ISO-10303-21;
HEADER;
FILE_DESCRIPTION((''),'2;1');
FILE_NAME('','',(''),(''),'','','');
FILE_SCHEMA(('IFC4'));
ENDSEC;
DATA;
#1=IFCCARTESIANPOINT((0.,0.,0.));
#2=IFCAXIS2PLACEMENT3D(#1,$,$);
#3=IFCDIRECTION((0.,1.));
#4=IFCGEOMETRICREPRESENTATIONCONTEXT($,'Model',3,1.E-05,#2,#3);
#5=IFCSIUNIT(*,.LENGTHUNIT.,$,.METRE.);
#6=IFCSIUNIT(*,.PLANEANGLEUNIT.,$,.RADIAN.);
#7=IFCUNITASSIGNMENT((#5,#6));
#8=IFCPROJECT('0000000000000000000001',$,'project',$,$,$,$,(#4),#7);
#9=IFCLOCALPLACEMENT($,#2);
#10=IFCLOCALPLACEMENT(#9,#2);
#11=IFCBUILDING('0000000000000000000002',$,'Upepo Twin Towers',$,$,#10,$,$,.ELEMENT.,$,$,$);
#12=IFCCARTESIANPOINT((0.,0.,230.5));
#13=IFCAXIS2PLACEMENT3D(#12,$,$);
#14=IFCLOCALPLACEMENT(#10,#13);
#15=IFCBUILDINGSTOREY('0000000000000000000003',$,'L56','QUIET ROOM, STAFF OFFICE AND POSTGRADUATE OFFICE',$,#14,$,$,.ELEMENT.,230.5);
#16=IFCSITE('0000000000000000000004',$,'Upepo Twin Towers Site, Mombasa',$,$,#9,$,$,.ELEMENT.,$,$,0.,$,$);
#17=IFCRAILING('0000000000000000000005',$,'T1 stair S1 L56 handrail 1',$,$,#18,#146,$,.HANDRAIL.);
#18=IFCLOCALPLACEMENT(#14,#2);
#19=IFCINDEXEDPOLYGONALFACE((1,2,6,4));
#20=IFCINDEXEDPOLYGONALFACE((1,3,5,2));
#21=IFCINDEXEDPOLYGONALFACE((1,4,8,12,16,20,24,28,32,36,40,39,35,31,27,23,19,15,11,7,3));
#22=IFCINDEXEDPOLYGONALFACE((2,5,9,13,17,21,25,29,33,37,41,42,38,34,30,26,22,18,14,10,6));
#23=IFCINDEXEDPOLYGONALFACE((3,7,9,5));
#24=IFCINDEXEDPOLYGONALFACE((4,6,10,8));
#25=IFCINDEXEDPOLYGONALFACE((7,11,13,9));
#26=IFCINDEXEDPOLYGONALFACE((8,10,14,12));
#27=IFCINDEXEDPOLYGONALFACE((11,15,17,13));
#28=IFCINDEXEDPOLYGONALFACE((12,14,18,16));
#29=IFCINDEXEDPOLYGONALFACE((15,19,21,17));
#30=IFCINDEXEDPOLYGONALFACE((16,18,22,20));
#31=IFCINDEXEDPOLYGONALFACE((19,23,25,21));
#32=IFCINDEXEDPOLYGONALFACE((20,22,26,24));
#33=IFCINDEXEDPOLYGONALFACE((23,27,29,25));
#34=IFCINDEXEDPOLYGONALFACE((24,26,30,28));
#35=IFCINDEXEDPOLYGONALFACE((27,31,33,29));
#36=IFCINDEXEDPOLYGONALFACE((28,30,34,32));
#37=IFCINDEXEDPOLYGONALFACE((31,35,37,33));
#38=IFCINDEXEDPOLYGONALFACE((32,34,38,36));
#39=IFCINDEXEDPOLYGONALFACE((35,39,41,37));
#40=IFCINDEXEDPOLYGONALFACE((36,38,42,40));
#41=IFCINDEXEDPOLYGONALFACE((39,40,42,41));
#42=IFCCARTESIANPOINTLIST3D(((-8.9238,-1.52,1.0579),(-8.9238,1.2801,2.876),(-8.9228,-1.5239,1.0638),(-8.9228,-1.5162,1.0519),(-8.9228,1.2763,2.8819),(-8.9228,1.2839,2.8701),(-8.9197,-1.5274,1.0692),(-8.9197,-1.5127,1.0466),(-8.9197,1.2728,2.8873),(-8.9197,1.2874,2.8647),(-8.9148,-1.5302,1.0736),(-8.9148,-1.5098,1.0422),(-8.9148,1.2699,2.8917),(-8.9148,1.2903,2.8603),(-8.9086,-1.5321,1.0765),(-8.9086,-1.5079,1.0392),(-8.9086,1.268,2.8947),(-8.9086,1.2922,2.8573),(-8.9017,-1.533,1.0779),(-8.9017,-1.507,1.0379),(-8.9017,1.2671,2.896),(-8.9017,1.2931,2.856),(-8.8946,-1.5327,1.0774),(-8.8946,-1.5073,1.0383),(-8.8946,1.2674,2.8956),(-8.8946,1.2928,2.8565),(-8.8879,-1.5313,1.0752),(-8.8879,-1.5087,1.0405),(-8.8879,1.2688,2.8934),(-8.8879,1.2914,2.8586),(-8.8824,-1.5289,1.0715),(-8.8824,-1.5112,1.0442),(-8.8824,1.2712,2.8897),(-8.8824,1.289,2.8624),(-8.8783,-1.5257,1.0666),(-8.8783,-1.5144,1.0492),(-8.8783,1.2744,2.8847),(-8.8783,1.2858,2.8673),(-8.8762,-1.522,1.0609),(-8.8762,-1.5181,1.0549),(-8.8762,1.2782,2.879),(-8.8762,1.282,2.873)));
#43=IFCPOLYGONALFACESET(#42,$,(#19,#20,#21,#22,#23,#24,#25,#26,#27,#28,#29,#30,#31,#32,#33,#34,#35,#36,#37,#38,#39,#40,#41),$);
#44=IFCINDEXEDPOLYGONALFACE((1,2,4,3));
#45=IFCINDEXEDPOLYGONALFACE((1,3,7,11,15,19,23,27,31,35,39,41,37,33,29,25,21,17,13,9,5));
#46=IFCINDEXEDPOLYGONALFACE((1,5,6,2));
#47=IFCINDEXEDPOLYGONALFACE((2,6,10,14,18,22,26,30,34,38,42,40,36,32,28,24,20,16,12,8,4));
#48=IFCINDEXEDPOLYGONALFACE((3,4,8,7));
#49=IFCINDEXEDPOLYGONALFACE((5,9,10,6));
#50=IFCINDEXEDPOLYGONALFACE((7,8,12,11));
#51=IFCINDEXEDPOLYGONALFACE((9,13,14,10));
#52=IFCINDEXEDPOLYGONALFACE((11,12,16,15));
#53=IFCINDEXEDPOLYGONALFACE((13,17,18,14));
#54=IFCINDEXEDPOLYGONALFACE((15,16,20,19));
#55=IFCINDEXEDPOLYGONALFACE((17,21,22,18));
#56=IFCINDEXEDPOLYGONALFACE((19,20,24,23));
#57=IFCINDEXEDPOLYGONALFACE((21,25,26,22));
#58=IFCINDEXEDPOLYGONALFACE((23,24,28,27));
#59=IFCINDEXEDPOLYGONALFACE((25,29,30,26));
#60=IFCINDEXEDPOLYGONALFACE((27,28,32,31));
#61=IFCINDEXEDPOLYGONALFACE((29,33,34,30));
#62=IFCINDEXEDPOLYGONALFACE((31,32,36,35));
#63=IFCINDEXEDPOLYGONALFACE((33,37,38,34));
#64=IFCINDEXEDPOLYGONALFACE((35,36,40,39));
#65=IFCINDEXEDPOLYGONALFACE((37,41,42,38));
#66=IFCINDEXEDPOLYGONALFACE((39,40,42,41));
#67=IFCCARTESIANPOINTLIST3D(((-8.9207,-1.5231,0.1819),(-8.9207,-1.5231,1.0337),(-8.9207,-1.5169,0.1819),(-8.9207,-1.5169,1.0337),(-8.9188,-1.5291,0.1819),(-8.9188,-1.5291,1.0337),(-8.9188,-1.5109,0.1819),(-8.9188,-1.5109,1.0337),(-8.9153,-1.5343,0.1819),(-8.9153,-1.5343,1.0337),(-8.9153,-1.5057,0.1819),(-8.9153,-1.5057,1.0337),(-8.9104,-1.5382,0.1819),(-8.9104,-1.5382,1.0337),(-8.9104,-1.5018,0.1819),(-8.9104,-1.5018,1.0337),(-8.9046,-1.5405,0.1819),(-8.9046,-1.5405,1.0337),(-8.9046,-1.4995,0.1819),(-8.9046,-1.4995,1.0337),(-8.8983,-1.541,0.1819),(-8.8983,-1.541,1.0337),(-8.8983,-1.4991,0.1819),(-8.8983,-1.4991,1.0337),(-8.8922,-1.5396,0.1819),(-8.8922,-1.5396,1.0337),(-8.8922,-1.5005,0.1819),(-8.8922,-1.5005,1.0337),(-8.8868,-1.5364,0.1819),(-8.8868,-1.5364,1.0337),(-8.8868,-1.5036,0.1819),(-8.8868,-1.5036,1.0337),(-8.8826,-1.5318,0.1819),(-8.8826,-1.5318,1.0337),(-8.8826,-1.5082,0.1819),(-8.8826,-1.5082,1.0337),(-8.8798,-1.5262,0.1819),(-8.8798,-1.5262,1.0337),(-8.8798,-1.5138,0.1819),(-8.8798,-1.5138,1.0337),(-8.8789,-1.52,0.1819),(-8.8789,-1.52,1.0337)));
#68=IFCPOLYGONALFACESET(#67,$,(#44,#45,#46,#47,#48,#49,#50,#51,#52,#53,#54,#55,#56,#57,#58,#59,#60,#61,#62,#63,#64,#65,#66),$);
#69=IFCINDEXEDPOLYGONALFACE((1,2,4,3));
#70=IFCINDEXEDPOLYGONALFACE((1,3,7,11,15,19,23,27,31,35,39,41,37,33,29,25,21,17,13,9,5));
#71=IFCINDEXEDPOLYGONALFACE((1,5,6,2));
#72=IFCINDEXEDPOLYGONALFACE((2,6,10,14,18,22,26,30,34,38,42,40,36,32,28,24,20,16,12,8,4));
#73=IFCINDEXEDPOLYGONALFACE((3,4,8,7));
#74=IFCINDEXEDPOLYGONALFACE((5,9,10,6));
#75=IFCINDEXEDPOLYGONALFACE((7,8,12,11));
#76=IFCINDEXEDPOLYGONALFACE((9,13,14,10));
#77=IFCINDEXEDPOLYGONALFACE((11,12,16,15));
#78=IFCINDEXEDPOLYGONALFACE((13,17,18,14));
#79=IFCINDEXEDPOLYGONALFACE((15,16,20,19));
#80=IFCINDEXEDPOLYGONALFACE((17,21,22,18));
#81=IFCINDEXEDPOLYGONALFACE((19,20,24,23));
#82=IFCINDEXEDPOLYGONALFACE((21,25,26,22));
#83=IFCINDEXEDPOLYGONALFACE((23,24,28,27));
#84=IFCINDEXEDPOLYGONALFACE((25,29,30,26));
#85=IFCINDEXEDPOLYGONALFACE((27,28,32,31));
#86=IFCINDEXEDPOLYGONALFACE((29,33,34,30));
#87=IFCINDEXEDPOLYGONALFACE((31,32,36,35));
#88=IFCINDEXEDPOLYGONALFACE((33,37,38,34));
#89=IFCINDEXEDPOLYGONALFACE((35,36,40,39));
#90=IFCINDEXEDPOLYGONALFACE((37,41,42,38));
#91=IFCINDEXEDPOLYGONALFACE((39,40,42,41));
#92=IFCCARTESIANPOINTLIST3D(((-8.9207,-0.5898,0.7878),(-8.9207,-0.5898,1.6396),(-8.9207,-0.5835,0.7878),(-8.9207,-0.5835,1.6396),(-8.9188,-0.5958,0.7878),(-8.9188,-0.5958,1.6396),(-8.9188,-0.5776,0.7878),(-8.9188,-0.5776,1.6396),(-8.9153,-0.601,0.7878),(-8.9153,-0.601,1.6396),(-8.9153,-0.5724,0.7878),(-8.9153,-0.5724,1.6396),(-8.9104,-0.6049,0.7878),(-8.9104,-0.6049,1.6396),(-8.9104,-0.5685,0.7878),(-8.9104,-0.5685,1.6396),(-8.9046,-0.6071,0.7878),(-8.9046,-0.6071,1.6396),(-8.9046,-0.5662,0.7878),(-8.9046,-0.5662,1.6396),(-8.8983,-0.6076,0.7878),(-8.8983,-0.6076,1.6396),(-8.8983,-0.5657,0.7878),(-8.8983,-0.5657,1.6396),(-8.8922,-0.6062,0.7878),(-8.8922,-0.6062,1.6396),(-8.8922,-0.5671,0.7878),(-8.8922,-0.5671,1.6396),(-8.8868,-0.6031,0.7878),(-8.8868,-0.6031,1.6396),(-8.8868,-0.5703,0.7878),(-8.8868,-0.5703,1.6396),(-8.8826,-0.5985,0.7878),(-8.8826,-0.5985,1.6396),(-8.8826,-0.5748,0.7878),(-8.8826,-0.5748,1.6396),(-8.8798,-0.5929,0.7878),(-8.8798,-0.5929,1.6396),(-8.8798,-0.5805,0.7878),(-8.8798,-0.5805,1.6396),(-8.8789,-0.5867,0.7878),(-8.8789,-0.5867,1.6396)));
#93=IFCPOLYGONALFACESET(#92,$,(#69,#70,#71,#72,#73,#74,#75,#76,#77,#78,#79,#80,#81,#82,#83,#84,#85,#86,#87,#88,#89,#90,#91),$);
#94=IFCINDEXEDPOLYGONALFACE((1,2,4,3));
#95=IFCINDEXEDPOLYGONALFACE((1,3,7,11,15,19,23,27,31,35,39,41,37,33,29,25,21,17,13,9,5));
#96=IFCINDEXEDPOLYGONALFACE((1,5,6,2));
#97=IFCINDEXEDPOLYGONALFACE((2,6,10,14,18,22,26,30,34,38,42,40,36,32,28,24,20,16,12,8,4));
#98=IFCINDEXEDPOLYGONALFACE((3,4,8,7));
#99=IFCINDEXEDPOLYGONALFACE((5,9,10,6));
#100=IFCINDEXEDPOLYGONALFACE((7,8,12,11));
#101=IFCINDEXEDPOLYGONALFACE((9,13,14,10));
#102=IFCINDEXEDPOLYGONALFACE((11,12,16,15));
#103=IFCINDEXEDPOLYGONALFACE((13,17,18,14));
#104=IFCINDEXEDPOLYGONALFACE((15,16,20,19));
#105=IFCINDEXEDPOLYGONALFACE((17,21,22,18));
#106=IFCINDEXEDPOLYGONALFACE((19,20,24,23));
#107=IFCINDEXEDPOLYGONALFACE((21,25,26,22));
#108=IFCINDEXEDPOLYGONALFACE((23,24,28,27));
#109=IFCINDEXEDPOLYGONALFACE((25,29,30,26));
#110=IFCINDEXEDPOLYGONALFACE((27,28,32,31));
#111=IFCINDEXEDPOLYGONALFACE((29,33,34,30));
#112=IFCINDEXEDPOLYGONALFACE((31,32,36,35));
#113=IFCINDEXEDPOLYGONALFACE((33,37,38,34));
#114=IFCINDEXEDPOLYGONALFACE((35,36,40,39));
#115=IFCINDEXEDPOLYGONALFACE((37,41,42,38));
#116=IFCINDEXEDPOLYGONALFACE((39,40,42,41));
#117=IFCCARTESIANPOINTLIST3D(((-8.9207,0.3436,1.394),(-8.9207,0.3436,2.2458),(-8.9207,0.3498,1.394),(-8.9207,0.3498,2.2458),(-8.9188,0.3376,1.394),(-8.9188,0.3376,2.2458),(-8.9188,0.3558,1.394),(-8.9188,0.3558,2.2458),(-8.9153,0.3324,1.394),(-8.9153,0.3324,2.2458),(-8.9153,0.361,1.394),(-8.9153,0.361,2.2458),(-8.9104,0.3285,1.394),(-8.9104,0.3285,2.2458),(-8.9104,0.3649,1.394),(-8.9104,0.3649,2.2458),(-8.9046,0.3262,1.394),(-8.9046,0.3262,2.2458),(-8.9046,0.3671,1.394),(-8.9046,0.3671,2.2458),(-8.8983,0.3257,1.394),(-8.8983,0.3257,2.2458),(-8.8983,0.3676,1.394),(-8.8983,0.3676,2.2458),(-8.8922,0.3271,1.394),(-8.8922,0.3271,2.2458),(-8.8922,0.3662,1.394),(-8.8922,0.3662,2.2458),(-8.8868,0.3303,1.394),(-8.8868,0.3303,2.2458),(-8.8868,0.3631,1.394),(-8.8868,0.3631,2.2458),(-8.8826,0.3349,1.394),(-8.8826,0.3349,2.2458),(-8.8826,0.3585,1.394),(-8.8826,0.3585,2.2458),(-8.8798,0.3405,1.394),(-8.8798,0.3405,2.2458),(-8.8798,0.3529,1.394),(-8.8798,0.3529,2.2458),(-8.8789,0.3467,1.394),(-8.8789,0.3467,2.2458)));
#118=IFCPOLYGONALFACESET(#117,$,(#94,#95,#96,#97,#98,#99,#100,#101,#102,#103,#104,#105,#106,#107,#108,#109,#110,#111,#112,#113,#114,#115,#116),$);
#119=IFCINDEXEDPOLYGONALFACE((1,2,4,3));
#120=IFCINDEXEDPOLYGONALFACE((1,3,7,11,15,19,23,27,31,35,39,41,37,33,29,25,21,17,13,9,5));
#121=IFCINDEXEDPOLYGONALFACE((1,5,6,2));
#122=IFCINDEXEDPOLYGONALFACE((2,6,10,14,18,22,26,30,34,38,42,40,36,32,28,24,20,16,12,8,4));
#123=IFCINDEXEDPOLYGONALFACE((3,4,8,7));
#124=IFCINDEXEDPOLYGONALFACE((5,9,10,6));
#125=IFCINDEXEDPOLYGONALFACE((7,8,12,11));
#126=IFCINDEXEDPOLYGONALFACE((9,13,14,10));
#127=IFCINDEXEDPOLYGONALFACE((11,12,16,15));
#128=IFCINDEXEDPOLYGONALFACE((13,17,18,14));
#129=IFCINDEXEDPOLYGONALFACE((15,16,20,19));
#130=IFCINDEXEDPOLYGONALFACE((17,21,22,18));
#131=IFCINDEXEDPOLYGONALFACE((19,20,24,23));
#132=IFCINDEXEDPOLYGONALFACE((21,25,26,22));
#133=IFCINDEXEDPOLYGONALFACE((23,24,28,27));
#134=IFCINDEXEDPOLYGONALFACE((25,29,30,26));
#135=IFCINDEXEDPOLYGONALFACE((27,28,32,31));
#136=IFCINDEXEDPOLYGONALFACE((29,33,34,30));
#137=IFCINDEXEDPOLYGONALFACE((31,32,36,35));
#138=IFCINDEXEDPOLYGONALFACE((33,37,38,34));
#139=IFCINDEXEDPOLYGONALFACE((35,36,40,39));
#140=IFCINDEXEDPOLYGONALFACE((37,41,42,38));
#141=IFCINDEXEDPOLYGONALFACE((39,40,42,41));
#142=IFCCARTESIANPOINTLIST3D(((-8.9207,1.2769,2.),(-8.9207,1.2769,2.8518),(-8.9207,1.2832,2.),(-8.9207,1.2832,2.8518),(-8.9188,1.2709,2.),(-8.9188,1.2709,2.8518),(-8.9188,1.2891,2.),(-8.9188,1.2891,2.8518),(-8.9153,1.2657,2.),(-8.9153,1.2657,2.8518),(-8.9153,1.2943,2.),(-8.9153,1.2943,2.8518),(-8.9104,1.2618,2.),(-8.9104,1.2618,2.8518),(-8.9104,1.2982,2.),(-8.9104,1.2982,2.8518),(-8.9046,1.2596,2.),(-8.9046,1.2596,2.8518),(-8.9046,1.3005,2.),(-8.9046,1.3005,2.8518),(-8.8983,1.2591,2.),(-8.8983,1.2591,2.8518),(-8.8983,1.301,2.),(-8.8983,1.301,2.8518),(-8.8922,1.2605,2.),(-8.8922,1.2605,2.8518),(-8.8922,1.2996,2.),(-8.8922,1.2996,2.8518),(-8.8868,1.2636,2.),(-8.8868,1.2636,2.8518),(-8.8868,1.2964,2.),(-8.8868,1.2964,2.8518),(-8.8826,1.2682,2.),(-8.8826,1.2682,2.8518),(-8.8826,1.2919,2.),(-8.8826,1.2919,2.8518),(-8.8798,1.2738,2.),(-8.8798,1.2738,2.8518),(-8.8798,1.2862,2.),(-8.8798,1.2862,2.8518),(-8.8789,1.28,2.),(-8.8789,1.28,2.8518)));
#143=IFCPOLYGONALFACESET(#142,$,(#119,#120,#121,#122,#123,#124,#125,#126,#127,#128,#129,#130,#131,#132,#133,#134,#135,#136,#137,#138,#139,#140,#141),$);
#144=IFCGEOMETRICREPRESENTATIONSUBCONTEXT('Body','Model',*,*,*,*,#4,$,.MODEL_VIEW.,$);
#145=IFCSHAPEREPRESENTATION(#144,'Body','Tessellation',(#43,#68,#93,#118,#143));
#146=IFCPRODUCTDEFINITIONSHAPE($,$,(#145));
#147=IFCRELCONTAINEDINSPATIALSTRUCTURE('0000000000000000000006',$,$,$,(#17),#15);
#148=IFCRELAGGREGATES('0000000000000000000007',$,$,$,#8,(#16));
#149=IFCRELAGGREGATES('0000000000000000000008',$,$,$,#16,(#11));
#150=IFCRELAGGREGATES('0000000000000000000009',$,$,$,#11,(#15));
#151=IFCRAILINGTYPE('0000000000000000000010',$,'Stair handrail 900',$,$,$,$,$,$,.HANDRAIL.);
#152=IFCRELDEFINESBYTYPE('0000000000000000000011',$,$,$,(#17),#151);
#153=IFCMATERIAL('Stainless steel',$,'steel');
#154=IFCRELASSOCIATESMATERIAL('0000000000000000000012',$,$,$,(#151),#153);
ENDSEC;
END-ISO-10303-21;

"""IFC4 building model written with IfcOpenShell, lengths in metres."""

from ifc_helpers import new_model, si_unit, direction, frame, origin, origin_2d, place, context, subcontext, project, spatial, circle, extrude, material, type_object, element, save


model = new_model("IFC4")

# Units and contexts
model_context = context("Model", 3, precision=1e-05, world=origin(), true_north=direction((0.0, 1.0)))
body_context = subcontext(model_context, "Body", "Model", "MODEL_VIEW")
ifc_project = project(units=[si_unit("LENGTHUNIT", "METRE"), si_unit("PLANEANGLEUNIT", "RADIAN")], contexts=[model_context])

# Site, building, storey
site_placement = place(None, origin())
site = spatial("IfcSite", under=ifc_project, at=site_placement, Name="Upepo Twin Towers Site, Mombasa", CompositionType="ELEMENT", RefElevation=0.0)
building_placement = place(site_placement, origin())
building = spatial("IfcBuilding", under=site, at=building_placement, Name="Upepo Twin Towers", CompositionType="ELEMENT")
storey_placement = place(building_placement, frame((0.0, 0.0, 230.5)))
storey = spatial("IfcBuildingStorey", under=building, at=storey_placement, Name="L56", Description="QUIET ROOM, STAFF OFFICE AND POSTGRADUATE OFFICE", CompositionType="ELEMENT", Elevation=230.5)

# Railing
ifc_material_1 = material(Name="Stainless steel", Category="steel")
railing_type = type_object("IfcRailingType", Name="Stair handrail 900", PredefinedType="HANDRAIL", material=ifc_material_1)
railing_1_placement = place(storey_placement, frame((-8.8999, -1.52, 0.1819)))
element("IfcRailing", 1, at=railing_1_placement, inside=storey, type_object=railing_type, Name="T1 stair S1 L56 handrail 1", PredefinedType="HANDRAIL", context=body_context, shape_type="SweptSolid", body=[
    extrude(circle(Radius=0.0239, at=origin_2d()), frame((0.0, 0.0, 0.876), z_axis=(0.0, 0.838706, 0.544585), x_axis=(-1.0, 0.0, 0.0)), (0.0, 0.0, 1.0), 3.3386),
    extrude(circle(Radius=0.021, at=origin_2d()), origin(), (0.0, 0.0, 1.0), 0.8518),
    extrude(circle(Radius=0.021, at=origin_2d()), frame((0.0, 0.9333, 0.606)), (0.0, 0.0, 1.0), 0.8518),
    extrude(circle(Radius=0.021, at=origin_2d()), frame((0.0, 1.8667, 1.2122)), (0.0, 0.0, 1.0), 0.8518),
    extrude(circle(Radius=0.021, at=origin_2d()), frame((0.0, 2.8, 1.8181)), (0.0, 0.0, 1.0), 0.8518),
])

save(model, "model.ifc")
